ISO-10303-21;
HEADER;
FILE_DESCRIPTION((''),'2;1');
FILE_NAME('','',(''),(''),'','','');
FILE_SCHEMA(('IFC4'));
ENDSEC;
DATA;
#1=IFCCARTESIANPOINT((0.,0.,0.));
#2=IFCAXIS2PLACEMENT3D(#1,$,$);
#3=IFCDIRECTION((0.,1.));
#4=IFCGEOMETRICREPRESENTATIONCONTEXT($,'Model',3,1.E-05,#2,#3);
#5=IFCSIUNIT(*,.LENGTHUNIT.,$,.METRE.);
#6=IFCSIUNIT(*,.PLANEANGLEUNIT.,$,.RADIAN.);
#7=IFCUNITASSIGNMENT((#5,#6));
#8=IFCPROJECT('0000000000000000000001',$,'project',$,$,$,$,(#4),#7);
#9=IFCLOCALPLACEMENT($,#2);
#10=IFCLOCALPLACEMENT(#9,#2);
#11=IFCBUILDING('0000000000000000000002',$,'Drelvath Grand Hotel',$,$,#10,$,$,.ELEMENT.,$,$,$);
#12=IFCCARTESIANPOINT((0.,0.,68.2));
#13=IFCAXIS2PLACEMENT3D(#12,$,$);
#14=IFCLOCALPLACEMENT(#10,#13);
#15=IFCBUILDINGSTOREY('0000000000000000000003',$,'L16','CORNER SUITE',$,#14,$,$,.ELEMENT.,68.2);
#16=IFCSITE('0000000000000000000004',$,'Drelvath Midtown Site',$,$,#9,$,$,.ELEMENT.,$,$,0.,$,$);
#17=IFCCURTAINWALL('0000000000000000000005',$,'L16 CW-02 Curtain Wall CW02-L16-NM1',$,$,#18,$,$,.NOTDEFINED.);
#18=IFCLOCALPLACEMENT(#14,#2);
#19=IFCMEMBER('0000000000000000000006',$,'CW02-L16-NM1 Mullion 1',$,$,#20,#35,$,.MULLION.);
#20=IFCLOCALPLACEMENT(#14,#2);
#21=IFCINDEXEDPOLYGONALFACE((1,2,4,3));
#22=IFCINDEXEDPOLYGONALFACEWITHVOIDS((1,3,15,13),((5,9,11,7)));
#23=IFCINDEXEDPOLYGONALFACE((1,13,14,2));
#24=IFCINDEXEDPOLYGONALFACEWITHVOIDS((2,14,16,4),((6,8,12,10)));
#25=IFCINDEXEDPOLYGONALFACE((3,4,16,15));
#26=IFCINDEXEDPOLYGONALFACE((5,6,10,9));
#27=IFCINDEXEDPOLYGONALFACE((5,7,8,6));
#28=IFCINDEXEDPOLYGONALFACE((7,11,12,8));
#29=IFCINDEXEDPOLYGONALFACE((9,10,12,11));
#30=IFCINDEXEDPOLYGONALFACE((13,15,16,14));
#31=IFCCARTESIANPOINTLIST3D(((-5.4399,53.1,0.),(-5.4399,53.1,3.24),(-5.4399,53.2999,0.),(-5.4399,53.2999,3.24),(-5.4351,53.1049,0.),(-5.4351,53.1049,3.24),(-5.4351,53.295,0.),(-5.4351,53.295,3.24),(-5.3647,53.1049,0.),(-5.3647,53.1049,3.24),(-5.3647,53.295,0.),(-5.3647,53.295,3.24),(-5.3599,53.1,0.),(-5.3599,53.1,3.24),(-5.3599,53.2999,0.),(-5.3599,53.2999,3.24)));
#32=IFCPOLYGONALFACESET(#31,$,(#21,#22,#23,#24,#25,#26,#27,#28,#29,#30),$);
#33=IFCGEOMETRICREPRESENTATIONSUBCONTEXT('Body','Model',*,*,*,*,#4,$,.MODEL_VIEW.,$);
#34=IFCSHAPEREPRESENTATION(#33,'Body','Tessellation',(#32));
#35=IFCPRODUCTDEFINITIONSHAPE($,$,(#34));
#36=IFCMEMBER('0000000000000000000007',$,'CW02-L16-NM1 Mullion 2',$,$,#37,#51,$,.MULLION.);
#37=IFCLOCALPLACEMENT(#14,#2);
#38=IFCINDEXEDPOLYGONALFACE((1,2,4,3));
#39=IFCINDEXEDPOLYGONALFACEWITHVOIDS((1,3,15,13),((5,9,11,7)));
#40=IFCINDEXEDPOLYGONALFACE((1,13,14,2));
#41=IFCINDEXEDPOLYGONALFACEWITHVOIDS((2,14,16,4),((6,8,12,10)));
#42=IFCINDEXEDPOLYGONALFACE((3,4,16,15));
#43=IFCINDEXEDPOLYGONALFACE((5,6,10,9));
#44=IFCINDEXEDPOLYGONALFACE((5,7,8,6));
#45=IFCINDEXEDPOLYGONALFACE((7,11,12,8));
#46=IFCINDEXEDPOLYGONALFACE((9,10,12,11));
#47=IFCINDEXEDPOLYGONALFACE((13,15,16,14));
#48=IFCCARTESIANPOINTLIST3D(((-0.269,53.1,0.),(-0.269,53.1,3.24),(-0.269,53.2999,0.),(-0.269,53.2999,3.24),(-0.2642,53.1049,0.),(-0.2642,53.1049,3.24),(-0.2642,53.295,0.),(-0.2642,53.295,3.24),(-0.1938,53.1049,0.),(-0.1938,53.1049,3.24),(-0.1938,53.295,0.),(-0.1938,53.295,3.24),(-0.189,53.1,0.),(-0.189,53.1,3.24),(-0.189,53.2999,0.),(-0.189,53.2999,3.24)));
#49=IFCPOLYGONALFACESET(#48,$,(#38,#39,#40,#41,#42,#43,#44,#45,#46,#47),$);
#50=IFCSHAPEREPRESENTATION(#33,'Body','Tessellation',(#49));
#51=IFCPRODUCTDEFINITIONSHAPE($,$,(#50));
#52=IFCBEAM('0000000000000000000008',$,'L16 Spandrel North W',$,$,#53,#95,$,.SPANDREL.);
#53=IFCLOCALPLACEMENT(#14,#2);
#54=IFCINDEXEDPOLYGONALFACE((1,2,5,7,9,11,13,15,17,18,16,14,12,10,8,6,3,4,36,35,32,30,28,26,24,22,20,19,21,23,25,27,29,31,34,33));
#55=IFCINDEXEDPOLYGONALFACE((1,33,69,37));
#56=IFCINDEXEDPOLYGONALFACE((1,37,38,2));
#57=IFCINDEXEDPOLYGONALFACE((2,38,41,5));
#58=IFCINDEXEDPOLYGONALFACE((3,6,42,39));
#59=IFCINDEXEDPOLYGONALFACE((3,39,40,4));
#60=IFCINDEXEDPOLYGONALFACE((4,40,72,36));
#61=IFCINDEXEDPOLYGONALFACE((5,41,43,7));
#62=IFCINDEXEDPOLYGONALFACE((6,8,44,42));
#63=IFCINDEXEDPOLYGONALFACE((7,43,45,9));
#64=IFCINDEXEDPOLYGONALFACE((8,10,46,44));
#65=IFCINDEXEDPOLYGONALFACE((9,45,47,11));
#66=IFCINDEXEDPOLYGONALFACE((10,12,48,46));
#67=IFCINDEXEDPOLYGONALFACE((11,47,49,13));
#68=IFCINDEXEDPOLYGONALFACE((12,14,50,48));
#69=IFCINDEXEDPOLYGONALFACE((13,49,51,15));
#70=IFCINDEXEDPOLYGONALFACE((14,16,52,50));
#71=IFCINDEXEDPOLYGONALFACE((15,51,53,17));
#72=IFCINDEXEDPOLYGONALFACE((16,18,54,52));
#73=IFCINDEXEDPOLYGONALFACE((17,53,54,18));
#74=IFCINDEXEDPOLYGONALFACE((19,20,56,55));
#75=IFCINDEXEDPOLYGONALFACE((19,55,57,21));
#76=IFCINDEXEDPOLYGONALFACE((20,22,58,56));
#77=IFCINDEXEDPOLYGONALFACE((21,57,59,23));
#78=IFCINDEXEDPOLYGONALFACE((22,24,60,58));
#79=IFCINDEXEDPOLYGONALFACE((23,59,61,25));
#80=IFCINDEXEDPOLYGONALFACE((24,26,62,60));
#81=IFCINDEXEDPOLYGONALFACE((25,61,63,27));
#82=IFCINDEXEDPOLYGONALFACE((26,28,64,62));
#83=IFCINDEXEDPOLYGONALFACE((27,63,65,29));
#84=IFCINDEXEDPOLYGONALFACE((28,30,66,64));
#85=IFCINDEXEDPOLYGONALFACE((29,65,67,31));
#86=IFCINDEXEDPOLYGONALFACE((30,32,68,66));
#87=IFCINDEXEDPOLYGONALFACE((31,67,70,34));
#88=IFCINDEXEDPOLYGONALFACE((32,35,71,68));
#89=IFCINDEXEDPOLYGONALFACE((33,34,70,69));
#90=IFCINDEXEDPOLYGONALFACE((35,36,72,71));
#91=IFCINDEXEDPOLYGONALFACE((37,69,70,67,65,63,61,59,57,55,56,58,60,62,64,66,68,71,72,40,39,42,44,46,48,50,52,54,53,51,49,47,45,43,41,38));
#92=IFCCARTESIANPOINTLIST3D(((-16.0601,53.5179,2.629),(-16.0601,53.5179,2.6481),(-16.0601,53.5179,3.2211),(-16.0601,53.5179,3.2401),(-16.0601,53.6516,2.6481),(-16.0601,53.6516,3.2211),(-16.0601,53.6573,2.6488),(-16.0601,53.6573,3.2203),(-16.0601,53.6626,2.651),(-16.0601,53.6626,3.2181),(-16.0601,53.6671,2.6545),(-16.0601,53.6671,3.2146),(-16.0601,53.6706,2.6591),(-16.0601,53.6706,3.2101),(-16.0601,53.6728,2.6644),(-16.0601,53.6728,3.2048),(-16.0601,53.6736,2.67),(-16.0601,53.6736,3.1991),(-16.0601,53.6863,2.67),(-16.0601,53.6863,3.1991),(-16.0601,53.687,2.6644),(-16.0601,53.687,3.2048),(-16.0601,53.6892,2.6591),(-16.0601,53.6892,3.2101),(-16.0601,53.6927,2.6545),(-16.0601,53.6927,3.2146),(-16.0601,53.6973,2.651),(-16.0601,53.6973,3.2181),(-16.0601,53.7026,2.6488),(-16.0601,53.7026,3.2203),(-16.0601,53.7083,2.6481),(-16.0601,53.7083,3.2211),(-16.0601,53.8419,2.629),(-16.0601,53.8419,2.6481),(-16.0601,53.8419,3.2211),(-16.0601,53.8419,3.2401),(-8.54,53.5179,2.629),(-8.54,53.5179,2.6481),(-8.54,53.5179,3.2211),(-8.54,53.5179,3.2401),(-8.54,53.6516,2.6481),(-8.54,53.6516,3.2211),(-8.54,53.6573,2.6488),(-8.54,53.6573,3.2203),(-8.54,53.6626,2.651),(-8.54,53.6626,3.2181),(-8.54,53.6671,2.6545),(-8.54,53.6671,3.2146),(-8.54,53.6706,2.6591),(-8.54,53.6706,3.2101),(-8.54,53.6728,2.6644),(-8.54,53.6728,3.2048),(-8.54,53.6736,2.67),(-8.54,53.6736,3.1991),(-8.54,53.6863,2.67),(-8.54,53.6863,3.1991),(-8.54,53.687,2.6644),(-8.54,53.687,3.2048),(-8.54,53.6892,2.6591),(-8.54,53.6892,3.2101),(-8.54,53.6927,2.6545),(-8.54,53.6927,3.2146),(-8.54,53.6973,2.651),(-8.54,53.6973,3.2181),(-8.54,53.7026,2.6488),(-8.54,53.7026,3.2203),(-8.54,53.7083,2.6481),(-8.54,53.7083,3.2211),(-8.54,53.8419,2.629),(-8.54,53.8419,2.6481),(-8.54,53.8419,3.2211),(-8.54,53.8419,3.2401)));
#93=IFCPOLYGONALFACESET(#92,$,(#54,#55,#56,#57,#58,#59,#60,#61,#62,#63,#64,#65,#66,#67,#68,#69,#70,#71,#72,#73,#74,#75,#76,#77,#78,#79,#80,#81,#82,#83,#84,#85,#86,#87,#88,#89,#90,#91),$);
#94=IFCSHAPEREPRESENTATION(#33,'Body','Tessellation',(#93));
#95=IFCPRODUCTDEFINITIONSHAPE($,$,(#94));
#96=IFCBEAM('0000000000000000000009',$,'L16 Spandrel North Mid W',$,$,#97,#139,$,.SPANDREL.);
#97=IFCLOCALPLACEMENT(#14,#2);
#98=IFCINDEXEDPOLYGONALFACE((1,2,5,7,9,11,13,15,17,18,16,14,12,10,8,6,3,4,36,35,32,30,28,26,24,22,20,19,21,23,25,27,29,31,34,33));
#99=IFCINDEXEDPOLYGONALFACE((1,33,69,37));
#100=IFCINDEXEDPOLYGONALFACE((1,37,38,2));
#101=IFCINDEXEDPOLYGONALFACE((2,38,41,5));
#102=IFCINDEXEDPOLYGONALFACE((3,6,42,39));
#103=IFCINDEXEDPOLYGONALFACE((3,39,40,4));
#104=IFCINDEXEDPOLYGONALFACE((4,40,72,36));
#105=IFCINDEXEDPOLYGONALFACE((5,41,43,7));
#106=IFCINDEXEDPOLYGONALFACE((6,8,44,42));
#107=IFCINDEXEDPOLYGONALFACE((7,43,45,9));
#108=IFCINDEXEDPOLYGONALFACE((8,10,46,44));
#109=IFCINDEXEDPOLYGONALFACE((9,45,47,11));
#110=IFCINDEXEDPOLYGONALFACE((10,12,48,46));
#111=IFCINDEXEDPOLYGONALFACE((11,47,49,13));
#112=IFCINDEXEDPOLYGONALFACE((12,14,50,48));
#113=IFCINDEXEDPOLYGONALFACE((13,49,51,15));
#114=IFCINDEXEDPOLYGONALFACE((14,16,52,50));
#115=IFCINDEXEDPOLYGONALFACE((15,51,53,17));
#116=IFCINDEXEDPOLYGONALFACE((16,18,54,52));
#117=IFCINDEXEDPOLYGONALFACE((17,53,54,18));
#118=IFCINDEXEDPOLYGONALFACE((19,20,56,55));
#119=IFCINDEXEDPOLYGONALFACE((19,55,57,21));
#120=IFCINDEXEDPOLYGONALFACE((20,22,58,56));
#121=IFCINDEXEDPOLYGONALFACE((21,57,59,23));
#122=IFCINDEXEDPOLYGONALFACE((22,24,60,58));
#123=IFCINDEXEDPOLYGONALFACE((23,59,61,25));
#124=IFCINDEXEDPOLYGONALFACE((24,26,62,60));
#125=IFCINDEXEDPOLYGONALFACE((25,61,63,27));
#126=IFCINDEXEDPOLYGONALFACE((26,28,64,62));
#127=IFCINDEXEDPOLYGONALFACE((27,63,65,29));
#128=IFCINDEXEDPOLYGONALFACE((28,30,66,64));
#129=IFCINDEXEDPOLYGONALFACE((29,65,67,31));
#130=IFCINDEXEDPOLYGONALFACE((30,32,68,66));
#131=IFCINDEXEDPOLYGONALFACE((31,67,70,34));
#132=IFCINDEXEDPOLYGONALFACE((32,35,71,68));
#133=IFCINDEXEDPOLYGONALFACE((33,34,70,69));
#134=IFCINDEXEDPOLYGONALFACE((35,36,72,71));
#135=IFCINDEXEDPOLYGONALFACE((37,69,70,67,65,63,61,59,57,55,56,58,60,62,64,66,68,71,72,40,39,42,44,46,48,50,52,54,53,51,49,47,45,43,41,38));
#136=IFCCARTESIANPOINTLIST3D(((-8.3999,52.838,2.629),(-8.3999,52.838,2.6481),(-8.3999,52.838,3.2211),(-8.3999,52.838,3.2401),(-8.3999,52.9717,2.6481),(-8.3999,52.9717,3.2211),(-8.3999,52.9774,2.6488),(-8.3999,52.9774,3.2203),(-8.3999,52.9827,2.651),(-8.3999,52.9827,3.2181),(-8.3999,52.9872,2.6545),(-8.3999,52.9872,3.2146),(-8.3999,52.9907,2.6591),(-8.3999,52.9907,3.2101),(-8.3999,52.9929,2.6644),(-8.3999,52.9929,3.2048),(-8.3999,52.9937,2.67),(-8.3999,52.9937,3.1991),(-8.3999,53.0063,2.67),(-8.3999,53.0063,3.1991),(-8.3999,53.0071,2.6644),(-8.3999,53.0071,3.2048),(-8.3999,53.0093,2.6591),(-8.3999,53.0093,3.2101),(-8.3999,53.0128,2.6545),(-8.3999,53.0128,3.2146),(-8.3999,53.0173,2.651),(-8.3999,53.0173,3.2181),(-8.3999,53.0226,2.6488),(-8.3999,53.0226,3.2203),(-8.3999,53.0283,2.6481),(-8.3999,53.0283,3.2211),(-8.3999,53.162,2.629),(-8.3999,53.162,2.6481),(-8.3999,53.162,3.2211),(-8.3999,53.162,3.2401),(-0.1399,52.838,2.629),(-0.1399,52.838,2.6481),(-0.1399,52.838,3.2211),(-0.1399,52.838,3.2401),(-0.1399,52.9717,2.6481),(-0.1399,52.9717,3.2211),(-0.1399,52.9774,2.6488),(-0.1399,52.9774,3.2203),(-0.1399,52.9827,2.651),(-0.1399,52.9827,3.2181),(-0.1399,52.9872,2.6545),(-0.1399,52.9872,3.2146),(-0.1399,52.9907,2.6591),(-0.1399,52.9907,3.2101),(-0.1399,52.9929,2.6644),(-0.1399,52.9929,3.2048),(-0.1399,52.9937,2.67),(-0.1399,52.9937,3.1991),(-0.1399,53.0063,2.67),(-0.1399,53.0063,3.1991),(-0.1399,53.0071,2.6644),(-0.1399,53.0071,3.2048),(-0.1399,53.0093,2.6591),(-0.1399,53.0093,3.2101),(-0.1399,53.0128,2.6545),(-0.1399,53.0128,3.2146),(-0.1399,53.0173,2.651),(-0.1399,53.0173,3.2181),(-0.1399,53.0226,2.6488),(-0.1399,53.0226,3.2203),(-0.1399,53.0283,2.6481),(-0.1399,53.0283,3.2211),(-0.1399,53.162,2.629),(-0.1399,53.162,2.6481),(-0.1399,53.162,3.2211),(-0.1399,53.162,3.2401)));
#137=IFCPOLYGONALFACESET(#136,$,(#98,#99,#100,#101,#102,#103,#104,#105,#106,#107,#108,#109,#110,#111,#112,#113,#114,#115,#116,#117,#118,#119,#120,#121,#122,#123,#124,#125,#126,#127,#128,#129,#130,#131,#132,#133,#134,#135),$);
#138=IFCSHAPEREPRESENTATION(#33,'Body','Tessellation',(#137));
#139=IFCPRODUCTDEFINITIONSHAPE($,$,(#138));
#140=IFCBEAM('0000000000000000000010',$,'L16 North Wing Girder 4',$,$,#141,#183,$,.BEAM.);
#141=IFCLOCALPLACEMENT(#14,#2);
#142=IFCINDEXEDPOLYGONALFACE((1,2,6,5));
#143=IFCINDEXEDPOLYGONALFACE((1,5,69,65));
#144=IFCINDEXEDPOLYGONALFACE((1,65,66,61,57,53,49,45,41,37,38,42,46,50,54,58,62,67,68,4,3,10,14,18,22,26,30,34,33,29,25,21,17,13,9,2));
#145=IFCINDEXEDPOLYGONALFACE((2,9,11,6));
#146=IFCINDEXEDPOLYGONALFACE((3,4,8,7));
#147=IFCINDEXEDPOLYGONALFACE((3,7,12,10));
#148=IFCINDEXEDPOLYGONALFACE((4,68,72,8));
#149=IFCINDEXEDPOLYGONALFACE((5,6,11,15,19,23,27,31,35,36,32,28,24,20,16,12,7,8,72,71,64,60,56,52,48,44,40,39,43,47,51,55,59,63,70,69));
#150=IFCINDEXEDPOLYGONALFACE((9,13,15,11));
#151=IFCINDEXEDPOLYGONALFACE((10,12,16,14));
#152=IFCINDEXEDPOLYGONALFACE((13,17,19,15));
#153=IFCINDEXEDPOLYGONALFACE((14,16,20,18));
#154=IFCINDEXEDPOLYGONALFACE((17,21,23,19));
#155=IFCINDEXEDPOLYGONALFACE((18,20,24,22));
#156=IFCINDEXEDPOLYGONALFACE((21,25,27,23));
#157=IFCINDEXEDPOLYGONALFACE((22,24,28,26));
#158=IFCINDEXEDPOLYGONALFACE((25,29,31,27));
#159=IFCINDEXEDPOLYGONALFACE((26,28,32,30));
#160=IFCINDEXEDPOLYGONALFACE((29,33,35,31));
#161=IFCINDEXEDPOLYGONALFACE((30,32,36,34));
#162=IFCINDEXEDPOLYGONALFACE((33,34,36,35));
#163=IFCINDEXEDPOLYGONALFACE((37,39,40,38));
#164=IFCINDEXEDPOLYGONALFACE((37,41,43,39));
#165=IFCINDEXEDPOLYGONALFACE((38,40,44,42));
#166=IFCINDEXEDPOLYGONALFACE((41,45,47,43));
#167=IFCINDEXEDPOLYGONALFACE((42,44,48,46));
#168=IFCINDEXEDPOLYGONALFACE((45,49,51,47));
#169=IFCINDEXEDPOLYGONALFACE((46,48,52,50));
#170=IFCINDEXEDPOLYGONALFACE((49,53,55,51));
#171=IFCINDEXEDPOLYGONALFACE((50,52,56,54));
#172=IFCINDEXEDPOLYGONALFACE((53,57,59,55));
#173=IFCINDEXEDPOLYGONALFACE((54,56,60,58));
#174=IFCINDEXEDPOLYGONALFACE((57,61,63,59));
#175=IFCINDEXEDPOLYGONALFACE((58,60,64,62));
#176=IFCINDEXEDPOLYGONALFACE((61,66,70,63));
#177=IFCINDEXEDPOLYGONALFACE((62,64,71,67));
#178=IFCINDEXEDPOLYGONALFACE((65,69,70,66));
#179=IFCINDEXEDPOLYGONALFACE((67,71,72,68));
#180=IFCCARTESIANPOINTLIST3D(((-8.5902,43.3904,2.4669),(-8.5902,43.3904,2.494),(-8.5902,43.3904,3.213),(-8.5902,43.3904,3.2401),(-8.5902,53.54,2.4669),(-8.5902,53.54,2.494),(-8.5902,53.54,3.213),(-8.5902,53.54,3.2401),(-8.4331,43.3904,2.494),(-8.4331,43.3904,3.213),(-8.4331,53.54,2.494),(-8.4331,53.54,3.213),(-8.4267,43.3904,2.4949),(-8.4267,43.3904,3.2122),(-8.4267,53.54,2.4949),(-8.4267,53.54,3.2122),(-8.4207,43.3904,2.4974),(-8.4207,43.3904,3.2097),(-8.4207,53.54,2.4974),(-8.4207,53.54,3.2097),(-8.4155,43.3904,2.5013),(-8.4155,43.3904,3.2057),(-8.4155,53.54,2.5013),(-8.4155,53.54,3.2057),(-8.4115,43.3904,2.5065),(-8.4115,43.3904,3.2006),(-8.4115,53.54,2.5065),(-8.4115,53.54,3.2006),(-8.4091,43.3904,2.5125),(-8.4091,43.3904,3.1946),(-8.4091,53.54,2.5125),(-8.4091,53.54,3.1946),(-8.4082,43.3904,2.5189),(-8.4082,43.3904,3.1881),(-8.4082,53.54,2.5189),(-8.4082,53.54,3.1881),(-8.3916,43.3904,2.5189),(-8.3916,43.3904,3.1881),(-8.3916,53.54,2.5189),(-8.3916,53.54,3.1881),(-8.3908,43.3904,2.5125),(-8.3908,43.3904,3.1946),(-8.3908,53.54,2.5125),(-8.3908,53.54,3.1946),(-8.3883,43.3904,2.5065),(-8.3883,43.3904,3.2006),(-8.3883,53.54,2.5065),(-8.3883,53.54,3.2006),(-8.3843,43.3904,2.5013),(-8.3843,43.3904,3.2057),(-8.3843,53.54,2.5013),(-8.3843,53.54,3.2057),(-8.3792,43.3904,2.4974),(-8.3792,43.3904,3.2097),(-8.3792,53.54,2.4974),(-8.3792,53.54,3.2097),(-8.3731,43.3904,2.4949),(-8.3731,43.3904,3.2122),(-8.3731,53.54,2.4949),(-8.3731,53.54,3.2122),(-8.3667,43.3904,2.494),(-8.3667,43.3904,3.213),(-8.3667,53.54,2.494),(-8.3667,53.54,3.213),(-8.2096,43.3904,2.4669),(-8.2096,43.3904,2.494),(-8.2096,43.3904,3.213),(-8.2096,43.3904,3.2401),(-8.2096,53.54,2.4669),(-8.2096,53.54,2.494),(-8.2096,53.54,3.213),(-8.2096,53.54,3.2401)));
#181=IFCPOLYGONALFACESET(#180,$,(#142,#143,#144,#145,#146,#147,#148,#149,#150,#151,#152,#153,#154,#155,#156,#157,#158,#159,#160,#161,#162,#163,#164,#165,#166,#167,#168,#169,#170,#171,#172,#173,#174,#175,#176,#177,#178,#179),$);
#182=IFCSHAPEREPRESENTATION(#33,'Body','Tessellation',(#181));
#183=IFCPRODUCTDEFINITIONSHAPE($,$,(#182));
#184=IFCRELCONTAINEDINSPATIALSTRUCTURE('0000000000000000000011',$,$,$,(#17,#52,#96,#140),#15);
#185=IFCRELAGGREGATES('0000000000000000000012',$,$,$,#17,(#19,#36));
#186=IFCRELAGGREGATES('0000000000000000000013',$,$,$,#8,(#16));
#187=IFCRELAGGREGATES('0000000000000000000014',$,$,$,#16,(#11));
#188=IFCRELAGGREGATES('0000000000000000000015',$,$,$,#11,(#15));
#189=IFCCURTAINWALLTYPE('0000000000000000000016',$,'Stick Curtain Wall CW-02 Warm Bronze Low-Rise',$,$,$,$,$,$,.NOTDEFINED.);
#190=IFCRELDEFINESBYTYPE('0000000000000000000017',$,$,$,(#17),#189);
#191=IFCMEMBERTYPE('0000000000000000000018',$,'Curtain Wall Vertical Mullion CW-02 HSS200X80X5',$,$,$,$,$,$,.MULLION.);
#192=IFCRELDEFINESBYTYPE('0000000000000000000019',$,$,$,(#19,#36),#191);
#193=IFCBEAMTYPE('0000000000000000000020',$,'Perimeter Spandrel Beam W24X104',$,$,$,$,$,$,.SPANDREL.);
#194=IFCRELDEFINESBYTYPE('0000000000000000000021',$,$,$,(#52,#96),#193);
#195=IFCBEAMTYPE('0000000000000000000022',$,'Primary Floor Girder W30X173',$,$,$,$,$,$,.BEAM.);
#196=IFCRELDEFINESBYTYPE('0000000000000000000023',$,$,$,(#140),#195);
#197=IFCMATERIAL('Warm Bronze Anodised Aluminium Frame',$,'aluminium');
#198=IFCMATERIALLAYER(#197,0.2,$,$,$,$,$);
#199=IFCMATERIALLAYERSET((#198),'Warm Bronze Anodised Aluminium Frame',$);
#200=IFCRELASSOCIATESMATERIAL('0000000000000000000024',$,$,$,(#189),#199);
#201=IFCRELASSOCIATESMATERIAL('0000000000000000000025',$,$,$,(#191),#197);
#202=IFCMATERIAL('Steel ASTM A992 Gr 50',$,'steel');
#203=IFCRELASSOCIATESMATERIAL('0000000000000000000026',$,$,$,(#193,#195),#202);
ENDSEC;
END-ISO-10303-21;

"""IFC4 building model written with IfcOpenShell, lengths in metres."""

from ifc_helpers import new_model, si_unit, direction, frame, origin, origin_2d, place, context, subcontext, project, spatial, hollow_rectangle, i_section, extrude, material, layer, layer_set, material_profile, profile_set, type_object, element, aggregate, save


model = new_model("IFC4")

# Units and contexts
model_context = context("Model", 3, precision=1e-05, world=origin(), true_north=direction((0.0, 1.0)))
body_context = subcontext(model_context, "Body", "Model", "MODEL_VIEW")
ifc_project = project(units=[si_unit("LENGTHUNIT", "METRE"), si_unit("PLANEANGLEUNIT", "RADIAN")], contexts=[model_context])

# Site, building, storey
site_placement = place(None, origin())
site = spatial("IfcSite", under=ifc_project, at=site_placement, Name="Drelvath Midtown Site", CompositionType="ELEMENT", RefElevation=0.0)
building_placement = place(site_placement, origin())
building = spatial("IfcBuilding", under=site, at=building_placement, Name="Drelvath Grand Hotel", CompositionType="ELEMENT")
storey_placement = place(building_placement, frame((0.0, 0.0, 68.2)))
storey = spatial("IfcBuildingStorey", under=building, at=storey_placement, Name="L16", Description="CORNER SUITE", CompositionType="ELEMENT", Elevation=68.2)

# Curtain wall
ifc_material_1 = material(Name="Warm Bronze Anodised Aluminium Frame", Category="aluminium")
ifc_layer_1 = layer(ifc_material_1, 0.2)
ifc_layer_set_1 = layer_set([ifc_layer_1], Name="Warm Bronze Anodised Aluminium Frame")
curtain_wall_type = type_object("IfcCurtainWallType", Name="Stick Curtain Wall CW-02 Warm Bronze Low-Rise", PredefinedType="NOTDEFINED", material=ifc_layer_set_1)
curtain_wall_1_placement = place(storey_placement, origin())
curtain_wall_1 = element("IfcCurtainWall", 1, at=curtain_wall_1_placement, inside=storey, type_object=curtain_wall_type, Name="L16 CW-02 Curtain Wall CW02-L16-NM1", PredefinedType="NOTDEFINED")

# Members
ifc_material_profile_1 = material_profile(ifc_material_1, hollow_rectangle(XDim=0.0801, YDim=0.2, WallThickness=0.0049, at=origin_2d()), Name="HSS200X80X5")
ifc_profile_set_1 = profile_set([ifc_material_profile_1], Name="Warm Bronze Anodised Aluminium Frame")
member_type_1 = type_object("IfcMemberType", Name="Curtain Wall Vertical Mullion CW-02 HSS200X80X5", PredefinedType="MULLION", material=ifc_profile_set_1)
member_1_placement = place(storey_placement, frame((-5.3999, 53.2, 0.0), z_axis=(0.0, 0.0, 1.0), x_axis=(1.0, 0.0, 0.0)))
member_1 = element("IfcMember", 2, at=member_1_placement, type_object=member_type_1, Name="CW02-L16-NM1 Mullion 1", PredefinedType="MULLION", context=body_context, shape_type="SweptSolid", body=[
    extrude(hollow_rectangle(XDim=0.0801, YDim=0.2, WallThickness=0.0049, at=origin_2d()), origin(), (0.0, 0.0, 1.0), 3.24),
])
member_2_placement = place(storey_placement, frame((-0.229, 53.2, 0.0), z_axis=(0.0, 0.0, 1.0), x_axis=(1.0, 0.0, 0.0)))
member_2 = element("IfcMember", 3, at=member_2_placement, type_object=member_type_1, Name="CW02-L16-NM1 Mullion 2", PredefinedType="MULLION", context=body_context, shape_type="SweptSolid", body=[
    extrude(hollow_rectangle(XDim=0.0801, YDim=0.2, WallThickness=0.0049, at=origin_2d()), origin(), (0.0, 0.0, 1.0), 3.24),
])

# Beams
ifc_material_2 = material(Name="Steel ASTM A992 Gr 50", Category="steel")
ifc_material_profile_2 = material_profile(ifc_material_2, i_section(OverallWidth=0.324, OverallDepth=0.6111, WebThickness=0.0127, FlangeThickness=0.019, FilletRadius=0.022, at=origin_2d()), Name="W24X104")
ifc_profile_set_2 = profile_set([ifc_material_profile_2], Name="Steel ASTM A992 Gr 50")
beam_type_1 = type_object("IfcBeamType", Name="Perimeter Spandrel Beam W24X104", PredefinedType="SPANDREL", material=ifc_profile_set_2)
beam_1_placement = place(storey_placement, frame((-16.0601, 53.6799, 2.9346), z_axis=(1.0, 0.0, 0.0), x_axis=(0.0, 1.0, 0.0)))
element("IfcBeam", 4, at=beam_1_placement, inside=storey, type_object=beam_type_1, Name="L16 Spandrel North W", PredefinedType="SPANDREL", context=body_context, shape_type="SweptSolid", body=[
    extrude(i_section(OverallWidth=0.324, OverallDepth=0.6111, WebThickness=0.0127, FlangeThickness=0.019, FilletRadius=0.022, at=origin_2d()), origin(), (0.0, 0.0, 1.0), 7.52),
])
beam_2_placement = place(storey_placement, frame((-8.3999, 53.0, 2.9346), z_axis=(1.0, 0.0, 0.0), x_axis=(0.0, 1.0, 0.0)))
element("IfcBeam", 5, at=beam_2_placement, inside=storey, type_object=beam_type_1, Name="L16 Spandrel North Mid W", PredefinedType="SPANDREL", context=body_context, shape_type="SweptSolid", body=[
    extrude(i_section(OverallWidth=0.324, OverallDepth=0.6111, WebThickness=0.0127, FlangeThickness=0.019, FilletRadius=0.022, at=origin_2d()), origin(), (0.0, 0.0, 1.0), 8.26),
])
ifc_material_profile_3 = material_profile(ifc_material_2, i_section(OverallWidth=0.3806, OverallDepth=0.7732, WebThickness=0.0166, FlangeThickness=0.0271, FilletRadius=0.0249, at=origin_2d()), Name="W30X173")
ifc_profile_set_3 = profile_set([ifc_material_profile_3], Name="Steel ASTM A992 Gr 50")
beam_type_2 = type_object("IfcBeamType", Name="Primary Floor Girder W30X173", PredefinedType="BEAM", material=ifc_profile_set_3)
beam_3_placement = place(storey_placement, frame((-8.3999, 43.3904, 2.8535), z_axis=(0.0, 1.0, 0.0), x_axis=(-1.0, 0.0, 0.0)))
element("IfcBeam", 6, at=beam_3_placement, inside=storey, type_object=beam_type_2, Name="L16 North Wing Girder 4", PredefinedType="BEAM", context=body_context, shape_type="SweptSolid", body=[
    extrude(i_section(OverallWidth=0.3806, OverallDepth=0.7732, WebThickness=0.0166, FlangeThickness=0.0271, FilletRadius=0.0249, at=origin_2d()), origin(), (0.0, 0.0, 1.0), 10.1497),
])

aggregate(curtain_wall_1, [member_1, member_2])

save(model, "model.ifc")
